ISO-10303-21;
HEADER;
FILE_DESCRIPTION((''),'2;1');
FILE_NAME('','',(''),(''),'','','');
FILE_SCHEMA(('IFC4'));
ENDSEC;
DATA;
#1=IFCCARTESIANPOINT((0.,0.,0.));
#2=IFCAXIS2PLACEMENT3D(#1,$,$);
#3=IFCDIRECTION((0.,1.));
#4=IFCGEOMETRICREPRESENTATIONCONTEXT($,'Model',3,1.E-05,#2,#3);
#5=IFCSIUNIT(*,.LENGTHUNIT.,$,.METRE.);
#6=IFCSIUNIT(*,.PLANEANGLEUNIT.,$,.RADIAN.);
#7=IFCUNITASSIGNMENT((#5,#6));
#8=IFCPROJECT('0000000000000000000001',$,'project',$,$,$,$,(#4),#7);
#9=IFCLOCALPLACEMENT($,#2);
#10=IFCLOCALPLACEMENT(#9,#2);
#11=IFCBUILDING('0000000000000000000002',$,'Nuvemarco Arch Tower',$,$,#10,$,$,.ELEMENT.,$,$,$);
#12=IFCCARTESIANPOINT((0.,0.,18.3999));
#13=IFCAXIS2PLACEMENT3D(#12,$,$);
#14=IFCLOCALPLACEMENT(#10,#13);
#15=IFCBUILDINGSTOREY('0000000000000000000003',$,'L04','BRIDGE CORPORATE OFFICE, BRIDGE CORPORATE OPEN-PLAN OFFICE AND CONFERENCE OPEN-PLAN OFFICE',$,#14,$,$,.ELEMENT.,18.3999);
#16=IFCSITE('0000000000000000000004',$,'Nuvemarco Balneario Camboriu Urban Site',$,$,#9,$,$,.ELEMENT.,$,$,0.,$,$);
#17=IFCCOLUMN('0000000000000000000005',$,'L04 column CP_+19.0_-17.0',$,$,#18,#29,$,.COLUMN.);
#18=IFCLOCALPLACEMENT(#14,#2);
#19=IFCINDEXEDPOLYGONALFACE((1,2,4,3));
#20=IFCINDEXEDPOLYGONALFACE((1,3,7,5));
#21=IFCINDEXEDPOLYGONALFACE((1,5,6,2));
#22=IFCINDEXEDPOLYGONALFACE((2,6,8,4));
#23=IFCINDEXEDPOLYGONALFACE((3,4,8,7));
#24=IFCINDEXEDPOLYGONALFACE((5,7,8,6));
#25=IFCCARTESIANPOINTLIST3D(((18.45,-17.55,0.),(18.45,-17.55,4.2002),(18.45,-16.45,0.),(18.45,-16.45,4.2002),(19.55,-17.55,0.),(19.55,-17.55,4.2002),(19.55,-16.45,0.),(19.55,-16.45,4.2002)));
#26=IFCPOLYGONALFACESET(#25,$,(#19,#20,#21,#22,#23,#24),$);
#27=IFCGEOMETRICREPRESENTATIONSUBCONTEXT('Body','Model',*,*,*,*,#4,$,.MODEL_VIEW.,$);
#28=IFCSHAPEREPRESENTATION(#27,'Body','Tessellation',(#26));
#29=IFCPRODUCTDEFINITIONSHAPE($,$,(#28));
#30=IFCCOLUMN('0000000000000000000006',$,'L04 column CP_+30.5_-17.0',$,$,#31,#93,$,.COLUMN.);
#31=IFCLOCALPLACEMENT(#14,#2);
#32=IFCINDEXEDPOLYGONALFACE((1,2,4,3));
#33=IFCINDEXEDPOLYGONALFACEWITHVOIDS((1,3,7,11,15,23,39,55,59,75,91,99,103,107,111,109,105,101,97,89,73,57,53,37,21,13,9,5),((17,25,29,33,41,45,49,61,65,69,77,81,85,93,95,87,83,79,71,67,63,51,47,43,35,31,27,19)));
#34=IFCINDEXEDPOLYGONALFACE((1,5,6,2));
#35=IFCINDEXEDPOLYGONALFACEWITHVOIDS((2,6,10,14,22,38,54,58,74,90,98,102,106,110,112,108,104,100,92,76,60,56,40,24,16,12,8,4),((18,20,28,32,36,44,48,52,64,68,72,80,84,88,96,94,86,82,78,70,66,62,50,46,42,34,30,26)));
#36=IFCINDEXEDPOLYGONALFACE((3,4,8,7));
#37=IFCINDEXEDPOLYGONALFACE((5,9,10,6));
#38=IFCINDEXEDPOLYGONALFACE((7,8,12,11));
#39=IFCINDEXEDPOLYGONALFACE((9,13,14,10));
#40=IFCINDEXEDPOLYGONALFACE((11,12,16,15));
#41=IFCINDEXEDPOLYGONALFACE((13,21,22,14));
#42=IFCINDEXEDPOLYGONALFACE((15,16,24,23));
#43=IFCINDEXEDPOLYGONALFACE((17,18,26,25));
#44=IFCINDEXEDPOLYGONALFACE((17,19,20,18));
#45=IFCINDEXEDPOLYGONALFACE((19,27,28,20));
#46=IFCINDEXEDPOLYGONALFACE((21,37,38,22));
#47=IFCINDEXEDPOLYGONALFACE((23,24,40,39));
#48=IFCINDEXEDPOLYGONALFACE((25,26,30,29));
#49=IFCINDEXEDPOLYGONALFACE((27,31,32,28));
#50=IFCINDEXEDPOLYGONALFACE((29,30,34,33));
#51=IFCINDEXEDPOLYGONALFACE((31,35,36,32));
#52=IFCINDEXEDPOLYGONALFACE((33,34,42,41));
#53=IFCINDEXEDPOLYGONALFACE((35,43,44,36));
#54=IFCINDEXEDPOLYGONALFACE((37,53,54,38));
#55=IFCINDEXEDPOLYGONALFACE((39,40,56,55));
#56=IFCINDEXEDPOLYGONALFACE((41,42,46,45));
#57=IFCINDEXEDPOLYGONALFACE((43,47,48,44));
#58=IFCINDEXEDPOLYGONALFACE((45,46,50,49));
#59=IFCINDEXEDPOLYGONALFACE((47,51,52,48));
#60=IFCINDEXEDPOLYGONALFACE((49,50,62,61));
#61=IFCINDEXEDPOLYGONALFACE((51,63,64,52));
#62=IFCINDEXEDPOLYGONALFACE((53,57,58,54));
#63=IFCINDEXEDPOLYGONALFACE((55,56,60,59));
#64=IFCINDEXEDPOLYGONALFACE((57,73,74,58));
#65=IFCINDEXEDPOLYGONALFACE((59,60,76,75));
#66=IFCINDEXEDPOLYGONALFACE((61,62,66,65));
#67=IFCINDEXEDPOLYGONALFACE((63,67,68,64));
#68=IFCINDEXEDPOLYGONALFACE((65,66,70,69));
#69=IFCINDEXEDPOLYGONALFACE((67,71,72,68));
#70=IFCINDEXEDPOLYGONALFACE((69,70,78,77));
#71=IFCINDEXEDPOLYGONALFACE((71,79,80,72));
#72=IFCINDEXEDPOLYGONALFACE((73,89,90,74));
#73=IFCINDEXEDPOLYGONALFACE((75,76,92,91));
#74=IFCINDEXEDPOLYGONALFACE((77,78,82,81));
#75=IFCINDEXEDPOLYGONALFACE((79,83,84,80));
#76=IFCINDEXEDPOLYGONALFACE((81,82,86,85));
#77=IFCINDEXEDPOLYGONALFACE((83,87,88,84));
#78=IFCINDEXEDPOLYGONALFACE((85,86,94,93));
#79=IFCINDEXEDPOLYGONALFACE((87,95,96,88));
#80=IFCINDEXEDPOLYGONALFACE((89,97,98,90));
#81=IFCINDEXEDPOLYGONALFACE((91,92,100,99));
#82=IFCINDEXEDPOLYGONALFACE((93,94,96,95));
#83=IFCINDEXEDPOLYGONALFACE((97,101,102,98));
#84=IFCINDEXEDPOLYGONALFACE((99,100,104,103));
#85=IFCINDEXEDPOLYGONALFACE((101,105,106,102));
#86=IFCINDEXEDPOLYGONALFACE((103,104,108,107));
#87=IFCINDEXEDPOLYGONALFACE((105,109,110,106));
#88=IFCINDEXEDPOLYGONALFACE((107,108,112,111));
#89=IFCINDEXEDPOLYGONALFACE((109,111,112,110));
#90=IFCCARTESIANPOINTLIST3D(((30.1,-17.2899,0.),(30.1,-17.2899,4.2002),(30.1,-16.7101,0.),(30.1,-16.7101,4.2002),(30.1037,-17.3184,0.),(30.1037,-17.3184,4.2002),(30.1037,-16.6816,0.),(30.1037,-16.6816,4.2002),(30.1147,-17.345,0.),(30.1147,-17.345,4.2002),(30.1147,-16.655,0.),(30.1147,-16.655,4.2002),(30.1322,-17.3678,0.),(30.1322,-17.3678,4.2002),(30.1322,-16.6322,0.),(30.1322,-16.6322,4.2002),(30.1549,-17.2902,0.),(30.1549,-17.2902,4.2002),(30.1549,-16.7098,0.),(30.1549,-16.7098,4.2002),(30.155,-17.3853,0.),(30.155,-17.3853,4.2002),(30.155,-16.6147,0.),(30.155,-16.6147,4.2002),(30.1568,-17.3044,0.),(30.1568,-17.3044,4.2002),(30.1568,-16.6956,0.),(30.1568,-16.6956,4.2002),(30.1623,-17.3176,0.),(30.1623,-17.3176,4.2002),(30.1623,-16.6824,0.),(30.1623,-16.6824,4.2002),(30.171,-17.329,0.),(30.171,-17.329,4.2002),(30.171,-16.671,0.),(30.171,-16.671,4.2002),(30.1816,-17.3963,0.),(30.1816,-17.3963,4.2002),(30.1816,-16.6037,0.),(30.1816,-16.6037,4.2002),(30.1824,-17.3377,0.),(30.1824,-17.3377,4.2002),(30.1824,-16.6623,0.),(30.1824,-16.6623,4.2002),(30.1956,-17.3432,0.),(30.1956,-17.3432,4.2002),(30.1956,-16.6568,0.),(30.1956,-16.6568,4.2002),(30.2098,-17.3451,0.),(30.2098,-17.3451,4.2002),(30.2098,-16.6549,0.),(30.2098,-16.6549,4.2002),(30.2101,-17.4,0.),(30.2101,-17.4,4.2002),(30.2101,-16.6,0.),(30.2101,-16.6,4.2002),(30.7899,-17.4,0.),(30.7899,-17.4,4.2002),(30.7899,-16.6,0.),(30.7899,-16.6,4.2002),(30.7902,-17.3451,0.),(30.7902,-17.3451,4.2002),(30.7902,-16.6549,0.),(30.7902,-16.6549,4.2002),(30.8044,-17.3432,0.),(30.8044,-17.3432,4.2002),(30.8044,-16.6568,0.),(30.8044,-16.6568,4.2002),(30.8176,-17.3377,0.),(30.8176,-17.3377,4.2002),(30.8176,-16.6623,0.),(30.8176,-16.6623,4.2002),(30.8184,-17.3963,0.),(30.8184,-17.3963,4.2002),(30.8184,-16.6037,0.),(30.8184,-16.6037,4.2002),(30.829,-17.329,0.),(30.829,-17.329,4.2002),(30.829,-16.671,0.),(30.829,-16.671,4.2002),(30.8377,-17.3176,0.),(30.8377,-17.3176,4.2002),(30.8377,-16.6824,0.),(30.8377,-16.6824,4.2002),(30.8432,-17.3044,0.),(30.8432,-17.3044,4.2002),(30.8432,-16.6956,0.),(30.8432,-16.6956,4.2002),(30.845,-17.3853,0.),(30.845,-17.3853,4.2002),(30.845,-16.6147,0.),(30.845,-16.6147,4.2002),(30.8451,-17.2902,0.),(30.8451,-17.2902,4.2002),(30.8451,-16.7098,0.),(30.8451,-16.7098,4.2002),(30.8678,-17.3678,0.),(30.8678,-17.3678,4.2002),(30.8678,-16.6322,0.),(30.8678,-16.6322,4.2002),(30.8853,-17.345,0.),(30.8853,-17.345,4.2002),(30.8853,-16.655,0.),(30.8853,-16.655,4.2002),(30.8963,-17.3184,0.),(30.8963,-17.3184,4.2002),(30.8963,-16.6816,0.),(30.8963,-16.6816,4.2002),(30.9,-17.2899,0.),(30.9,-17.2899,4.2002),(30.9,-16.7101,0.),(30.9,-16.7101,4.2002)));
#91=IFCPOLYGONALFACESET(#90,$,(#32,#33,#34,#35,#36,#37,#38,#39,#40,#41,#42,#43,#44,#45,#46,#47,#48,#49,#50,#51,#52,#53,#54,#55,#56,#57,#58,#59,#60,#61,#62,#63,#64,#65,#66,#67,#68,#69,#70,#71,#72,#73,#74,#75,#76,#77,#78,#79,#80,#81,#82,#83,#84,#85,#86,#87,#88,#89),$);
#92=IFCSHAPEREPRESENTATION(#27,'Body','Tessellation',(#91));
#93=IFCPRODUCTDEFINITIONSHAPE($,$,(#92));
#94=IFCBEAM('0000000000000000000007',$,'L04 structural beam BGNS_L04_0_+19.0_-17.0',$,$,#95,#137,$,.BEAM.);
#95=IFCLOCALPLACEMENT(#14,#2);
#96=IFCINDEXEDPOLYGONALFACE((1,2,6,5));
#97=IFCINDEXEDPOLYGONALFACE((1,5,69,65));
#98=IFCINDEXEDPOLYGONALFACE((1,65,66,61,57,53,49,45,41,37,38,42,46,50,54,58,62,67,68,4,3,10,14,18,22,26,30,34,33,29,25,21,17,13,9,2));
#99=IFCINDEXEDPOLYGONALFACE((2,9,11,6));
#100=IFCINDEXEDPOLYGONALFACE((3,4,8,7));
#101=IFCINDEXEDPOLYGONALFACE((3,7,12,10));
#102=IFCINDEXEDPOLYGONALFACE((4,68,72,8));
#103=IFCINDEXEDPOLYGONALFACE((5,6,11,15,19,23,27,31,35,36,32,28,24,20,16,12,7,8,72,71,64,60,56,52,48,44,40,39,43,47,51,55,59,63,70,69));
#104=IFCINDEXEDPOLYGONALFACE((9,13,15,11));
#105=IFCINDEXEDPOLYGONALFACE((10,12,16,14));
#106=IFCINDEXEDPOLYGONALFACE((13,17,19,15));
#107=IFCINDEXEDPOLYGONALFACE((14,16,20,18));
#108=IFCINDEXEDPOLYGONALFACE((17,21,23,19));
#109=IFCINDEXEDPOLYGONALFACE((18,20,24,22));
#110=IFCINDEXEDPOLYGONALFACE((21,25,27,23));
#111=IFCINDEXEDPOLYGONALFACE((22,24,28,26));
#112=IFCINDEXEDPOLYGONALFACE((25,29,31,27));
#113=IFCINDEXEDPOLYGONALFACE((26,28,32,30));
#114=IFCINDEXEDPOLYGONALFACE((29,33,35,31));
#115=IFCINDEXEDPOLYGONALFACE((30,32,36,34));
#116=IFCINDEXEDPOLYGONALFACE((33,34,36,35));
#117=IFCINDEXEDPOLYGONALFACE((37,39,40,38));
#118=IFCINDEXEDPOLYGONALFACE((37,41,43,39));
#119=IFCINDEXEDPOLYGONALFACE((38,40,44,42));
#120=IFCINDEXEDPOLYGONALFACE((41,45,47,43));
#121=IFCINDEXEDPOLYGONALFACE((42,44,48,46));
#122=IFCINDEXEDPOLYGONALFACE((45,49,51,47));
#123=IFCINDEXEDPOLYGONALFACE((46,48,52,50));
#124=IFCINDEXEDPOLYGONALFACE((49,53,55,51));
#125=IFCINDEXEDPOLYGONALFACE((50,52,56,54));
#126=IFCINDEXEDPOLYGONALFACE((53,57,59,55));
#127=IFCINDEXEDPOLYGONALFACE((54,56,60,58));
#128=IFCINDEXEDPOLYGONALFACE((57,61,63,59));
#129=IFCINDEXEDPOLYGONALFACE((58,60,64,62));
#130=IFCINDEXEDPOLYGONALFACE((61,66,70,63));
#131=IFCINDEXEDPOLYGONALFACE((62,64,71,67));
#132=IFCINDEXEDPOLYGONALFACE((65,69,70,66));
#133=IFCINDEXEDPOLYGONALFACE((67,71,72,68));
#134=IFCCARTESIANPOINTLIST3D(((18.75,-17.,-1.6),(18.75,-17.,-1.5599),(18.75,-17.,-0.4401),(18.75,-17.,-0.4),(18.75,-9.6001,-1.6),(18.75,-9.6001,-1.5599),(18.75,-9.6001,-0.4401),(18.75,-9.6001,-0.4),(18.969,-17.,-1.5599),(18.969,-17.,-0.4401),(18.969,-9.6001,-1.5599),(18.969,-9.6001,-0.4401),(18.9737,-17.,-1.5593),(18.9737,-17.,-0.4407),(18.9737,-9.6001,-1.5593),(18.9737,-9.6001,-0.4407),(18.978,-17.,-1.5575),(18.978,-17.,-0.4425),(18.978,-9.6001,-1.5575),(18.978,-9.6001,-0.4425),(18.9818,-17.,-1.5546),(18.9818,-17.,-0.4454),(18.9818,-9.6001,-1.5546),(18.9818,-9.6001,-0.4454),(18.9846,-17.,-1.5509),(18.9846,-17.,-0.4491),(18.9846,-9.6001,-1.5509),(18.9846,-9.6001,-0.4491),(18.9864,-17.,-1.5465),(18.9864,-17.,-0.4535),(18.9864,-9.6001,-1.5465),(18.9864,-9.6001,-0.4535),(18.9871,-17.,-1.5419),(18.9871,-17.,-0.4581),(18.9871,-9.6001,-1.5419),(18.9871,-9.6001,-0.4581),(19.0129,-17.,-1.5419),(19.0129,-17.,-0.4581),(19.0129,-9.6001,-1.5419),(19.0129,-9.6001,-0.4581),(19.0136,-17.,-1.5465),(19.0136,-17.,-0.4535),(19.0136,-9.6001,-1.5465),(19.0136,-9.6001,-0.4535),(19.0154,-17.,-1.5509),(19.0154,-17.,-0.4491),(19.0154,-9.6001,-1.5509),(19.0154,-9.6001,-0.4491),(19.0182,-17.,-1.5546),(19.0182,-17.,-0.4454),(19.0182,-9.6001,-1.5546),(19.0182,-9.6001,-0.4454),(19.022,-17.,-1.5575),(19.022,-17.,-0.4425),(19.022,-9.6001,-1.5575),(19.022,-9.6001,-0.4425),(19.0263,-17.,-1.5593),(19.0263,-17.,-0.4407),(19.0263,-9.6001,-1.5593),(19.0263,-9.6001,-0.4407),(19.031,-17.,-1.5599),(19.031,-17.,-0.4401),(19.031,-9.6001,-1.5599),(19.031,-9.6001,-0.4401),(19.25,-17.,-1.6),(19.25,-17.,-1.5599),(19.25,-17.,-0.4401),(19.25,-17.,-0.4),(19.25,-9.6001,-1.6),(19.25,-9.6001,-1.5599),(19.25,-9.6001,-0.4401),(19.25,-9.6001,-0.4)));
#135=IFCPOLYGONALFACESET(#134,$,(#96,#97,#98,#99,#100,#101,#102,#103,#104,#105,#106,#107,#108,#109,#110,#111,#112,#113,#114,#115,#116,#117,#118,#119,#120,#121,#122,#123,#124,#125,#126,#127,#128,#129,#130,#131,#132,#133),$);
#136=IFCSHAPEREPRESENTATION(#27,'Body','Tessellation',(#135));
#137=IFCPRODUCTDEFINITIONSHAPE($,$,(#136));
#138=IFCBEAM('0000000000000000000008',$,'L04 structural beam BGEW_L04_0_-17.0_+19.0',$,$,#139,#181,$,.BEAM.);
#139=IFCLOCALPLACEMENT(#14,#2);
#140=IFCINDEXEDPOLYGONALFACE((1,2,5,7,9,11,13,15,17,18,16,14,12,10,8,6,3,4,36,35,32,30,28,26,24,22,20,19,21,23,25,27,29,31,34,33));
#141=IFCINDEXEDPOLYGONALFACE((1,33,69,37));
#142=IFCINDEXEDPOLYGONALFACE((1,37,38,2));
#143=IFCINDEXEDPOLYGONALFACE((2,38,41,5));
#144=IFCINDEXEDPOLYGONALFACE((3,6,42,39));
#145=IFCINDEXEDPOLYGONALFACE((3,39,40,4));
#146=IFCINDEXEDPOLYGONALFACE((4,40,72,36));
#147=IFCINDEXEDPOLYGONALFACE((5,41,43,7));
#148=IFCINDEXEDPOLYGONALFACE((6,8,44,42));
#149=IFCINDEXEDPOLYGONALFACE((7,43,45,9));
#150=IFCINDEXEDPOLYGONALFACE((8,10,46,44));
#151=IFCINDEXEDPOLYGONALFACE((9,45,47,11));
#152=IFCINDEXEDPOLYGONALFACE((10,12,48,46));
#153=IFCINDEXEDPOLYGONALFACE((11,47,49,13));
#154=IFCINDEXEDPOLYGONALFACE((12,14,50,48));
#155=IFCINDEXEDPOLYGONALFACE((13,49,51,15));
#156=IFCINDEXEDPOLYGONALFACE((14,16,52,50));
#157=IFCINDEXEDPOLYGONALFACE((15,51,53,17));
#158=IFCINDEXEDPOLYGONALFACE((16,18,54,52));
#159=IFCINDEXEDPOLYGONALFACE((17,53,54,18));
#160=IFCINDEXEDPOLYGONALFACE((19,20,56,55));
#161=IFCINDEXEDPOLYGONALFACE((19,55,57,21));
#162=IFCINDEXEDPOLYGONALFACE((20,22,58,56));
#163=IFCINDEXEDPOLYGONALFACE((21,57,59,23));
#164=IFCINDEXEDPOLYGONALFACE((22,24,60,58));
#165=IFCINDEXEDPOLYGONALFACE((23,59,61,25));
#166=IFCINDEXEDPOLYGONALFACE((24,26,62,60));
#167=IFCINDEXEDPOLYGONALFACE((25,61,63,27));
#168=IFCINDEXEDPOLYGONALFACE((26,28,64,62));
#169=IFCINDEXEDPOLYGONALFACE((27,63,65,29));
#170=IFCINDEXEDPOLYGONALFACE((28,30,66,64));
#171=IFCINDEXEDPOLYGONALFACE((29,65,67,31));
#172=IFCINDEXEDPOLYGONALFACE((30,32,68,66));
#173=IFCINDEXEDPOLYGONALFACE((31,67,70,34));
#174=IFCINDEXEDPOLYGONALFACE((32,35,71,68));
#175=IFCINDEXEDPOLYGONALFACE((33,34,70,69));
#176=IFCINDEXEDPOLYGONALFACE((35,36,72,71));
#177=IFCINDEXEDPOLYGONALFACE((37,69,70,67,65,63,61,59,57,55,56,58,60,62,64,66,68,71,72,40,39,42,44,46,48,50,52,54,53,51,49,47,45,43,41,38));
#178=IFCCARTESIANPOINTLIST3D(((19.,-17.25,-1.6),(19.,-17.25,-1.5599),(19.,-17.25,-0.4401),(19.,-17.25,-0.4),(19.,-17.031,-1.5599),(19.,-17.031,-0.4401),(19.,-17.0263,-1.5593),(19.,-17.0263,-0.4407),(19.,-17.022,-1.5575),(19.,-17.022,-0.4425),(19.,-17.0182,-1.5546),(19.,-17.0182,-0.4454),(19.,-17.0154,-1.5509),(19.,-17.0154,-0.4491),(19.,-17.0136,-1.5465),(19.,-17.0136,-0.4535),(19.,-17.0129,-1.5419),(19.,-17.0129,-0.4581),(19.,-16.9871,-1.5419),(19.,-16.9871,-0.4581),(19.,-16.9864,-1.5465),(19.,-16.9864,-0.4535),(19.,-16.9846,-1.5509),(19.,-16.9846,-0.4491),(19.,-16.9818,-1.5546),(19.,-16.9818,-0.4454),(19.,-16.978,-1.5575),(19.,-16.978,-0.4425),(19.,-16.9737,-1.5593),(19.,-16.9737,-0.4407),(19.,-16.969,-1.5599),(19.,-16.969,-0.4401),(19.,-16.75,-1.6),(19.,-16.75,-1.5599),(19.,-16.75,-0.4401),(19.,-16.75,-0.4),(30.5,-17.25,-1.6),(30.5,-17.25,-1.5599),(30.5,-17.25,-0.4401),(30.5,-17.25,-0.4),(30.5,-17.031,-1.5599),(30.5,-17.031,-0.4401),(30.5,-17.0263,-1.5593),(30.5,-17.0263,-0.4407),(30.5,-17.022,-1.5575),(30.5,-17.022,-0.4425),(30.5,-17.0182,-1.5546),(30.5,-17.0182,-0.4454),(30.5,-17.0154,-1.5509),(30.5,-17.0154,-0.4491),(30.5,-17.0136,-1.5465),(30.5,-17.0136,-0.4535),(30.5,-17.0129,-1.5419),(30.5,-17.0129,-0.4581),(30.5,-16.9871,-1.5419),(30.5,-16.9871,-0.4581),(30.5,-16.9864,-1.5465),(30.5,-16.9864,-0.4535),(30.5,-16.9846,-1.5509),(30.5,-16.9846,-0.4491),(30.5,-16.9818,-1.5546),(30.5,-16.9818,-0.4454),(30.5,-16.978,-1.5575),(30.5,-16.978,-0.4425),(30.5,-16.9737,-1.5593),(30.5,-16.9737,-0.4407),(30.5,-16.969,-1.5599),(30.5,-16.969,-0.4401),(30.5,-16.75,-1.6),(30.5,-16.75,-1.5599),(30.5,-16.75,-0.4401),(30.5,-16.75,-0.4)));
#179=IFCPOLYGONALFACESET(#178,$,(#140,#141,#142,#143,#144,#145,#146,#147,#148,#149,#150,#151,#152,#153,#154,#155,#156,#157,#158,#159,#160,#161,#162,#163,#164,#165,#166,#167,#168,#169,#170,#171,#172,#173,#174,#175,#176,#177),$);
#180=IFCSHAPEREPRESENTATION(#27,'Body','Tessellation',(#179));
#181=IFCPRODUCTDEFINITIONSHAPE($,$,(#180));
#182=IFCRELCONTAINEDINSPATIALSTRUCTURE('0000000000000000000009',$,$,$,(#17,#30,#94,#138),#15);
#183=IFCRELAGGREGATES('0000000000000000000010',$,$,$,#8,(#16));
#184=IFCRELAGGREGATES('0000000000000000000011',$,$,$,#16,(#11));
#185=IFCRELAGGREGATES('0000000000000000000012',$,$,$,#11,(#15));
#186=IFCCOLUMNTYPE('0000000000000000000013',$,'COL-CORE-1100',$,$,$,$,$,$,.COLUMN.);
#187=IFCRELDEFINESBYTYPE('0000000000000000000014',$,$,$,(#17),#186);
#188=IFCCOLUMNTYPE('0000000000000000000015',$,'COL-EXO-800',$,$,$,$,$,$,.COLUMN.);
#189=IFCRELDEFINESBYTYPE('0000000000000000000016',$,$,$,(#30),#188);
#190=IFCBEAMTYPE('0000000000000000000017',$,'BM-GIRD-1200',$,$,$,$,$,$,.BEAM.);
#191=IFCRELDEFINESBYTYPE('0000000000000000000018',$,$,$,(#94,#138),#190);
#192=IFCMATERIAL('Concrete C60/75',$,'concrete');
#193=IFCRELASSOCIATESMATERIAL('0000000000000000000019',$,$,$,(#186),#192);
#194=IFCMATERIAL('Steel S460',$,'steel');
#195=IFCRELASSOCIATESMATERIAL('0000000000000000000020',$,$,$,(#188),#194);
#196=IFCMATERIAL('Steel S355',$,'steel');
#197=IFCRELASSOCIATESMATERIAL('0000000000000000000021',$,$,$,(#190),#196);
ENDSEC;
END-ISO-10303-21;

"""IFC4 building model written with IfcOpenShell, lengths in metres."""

from ifc_helpers import new_model, si_unit, direction, frame, origin, origin_2d, place, context, subcontext, project, spatial, rectangle, hollow_rectangle, i_section, extrude, material, material_profile, profile_set, type_object, element, save


model = new_model("IFC4")

# Units and contexts
model_context = context("Model", 3, precision=1e-05, world=origin(), true_north=direction((0.0, 1.0)))
body_context = subcontext(model_context, "Body", "Model", "MODEL_VIEW")
ifc_project = project(units=[si_unit("LENGTHUNIT", "METRE"), si_unit("PLANEANGLEUNIT", "RADIAN")], contexts=[model_context])

# Site, building, storey
site_placement = place(None, origin())
site = spatial("IfcSite", under=ifc_project, at=site_placement, Name="Nuvemarco Balneario Camboriu Urban Site", CompositionType="ELEMENT", RefElevation=0.0)
building_placement = place(site_placement, origin())
building = spatial("IfcBuilding", under=site, at=building_placement, Name="Nuvemarco Arch Tower", CompositionType="ELEMENT")
storey_placement = place(building_placement, frame((0.0, 0.0, 18.3999)))
storey = spatial("IfcBuildingStorey", under=building, at=storey_placement, Name="L04", Description="BRIDGE CORPORATE OFFICE, BRIDGE CORPORATE OPEN-PLAN OFFICE AND CONFERENCE OPEN-PLAN OFFICE", CompositionType="ELEMENT", Elevation=18.3999)

# Columns
ifc_material_1 = material(Name="Concrete C60/75", Category="concrete")
ifc_material_profile_1 = material_profile(ifc_material_1, rectangle(XDim=1.1001, YDim=1.1001, at=origin_2d()), Name="RC-COL-1100x1100")
ifc_profile_set_1 = profile_set([ifc_material_profile_1], Name="Concrete C60/75")
column_type_1 = type_object("IfcColumnType", Name="COL-CORE-1100", PredefinedType="COLUMN", material=ifc_profile_set_1)
column_1_placement = place(storey_placement, frame((19.0, -17.0, 0.0), z_axis=(0.0, 0.0, 1.0), x_axis=(1.0, 0.0, 0.0)))
element("IfcColumn", 1, at=column_1_placement, inside=storey, type_object=column_type_1, Name="L04 column CP_+19.0_-17.0", PredefinedType="COLUMN", context=body_context, shape_type="SweptSolid", body=[
    extrude(rectangle(XDim=1.1001, YDim=1.1001, at=origin_2d()), origin(), (0.0, 0.0, 1.0), 4.2002),
])
ifc_material_2 = material(Name="Steel S460", Category="steel")
ifc_material_profile_2 = material_profile(ifc_material_2, hollow_rectangle(XDim=0.8, YDim=0.8, WallThickness=0.0549, InnerFilletRadius=0.0549, OuterFilletRadius=0.1101, at=origin_2d()), Name="SHS800x800x55")
ifc_profile_set_2 = profile_set([ifc_material_profile_2], Name="Steel S460")
column_type_2 = type_object("IfcColumnType", Name="COL-EXO-800", PredefinedType="COLUMN", material=ifc_profile_set_2)
column_2_placement = place(storey_placement, frame((30.5, -17.0, 0.0), z_axis=(0.0, 0.0, 1.0), x_axis=(1.0, 0.0, 0.0)))
element("IfcColumn", 2, at=column_2_placement, inside=storey, type_object=column_type_2, Name="L04 column CP_+30.5_-17.0", PredefinedType="COLUMN", context=body_context, shape_type="SweptSolid", body=[
    extrude(hollow_rectangle(XDim=0.8, YDim=0.8, WallThickness=0.0549, InnerFilletRadius=0.0549, OuterFilletRadius=0.1101, at=origin_2d()), origin(), (0.0, 0.0, 1.0), 4.2002),
])

# Beams
ifc_material_3 = material(Name="Steel S355", Category="steel")
ifc_material_profile_3 = material_profile(ifc_material_3, i_section(OverallWidth=0.5, OverallDepth=1.2, WebThickness=0.0259, FlangeThickness=0.04, FilletRadius=0.0181, at=origin_2d()), Name="PG1200x500")
ifc_profile_set_3 = profile_set([ifc_material_profile_3], Name="Steel S355")
beam_type_1 = type_object("IfcBeamType", Name="BM-GIRD-1200", PredefinedType="BEAM", material=ifc_profile_set_3)
beam_1_placement = place(storey_placement, frame((19.0, -17.0, -1.0), z_axis=(0.0, 1.0, 0.0), x_axis=(-1.0, 0.0, 0.0)))
element("IfcBeam", 3, at=beam_1_placement, inside=storey, type_object=beam_type_1, Name="L04 structural beam BGNS_L04_0_+19.0_-17.0", PredefinedType="BEAM", context=body_context, shape_type="SweptSolid", body=[
    extrude(i_section(OverallWidth=0.5, OverallDepth=1.2, WebThickness=0.0259, FlangeThickness=0.04, FilletRadius=0.0181, at=origin_2d()), origin(), (0.0, 0.0, 1.0), 7.3999),
])
beam_2_placement = place(storey_placement, frame((19.0, -17.0, -1.0), z_axis=(1.0, 0.0, 0.0), x_axis=(0.0, 1.0, 0.0)))
element("IfcBeam", 4, at=beam_2_placement, inside=storey, type_object=beam_type_1, Name="L04 structural beam BGEW_L04_0_-17.0_+19.0", PredefinedType="BEAM", context=body_context, shape_type="SweptSolid", body=[
    extrude(i_section(OverallWidth=0.5, OverallDepth=1.2, WebThickness=0.0259, FlangeThickness=0.04, FilletRadius=0.0181, at=origin_2d()), origin(), (0.0, 0.0, 1.0), 11.5),
])

save(model, "model.ifc")
